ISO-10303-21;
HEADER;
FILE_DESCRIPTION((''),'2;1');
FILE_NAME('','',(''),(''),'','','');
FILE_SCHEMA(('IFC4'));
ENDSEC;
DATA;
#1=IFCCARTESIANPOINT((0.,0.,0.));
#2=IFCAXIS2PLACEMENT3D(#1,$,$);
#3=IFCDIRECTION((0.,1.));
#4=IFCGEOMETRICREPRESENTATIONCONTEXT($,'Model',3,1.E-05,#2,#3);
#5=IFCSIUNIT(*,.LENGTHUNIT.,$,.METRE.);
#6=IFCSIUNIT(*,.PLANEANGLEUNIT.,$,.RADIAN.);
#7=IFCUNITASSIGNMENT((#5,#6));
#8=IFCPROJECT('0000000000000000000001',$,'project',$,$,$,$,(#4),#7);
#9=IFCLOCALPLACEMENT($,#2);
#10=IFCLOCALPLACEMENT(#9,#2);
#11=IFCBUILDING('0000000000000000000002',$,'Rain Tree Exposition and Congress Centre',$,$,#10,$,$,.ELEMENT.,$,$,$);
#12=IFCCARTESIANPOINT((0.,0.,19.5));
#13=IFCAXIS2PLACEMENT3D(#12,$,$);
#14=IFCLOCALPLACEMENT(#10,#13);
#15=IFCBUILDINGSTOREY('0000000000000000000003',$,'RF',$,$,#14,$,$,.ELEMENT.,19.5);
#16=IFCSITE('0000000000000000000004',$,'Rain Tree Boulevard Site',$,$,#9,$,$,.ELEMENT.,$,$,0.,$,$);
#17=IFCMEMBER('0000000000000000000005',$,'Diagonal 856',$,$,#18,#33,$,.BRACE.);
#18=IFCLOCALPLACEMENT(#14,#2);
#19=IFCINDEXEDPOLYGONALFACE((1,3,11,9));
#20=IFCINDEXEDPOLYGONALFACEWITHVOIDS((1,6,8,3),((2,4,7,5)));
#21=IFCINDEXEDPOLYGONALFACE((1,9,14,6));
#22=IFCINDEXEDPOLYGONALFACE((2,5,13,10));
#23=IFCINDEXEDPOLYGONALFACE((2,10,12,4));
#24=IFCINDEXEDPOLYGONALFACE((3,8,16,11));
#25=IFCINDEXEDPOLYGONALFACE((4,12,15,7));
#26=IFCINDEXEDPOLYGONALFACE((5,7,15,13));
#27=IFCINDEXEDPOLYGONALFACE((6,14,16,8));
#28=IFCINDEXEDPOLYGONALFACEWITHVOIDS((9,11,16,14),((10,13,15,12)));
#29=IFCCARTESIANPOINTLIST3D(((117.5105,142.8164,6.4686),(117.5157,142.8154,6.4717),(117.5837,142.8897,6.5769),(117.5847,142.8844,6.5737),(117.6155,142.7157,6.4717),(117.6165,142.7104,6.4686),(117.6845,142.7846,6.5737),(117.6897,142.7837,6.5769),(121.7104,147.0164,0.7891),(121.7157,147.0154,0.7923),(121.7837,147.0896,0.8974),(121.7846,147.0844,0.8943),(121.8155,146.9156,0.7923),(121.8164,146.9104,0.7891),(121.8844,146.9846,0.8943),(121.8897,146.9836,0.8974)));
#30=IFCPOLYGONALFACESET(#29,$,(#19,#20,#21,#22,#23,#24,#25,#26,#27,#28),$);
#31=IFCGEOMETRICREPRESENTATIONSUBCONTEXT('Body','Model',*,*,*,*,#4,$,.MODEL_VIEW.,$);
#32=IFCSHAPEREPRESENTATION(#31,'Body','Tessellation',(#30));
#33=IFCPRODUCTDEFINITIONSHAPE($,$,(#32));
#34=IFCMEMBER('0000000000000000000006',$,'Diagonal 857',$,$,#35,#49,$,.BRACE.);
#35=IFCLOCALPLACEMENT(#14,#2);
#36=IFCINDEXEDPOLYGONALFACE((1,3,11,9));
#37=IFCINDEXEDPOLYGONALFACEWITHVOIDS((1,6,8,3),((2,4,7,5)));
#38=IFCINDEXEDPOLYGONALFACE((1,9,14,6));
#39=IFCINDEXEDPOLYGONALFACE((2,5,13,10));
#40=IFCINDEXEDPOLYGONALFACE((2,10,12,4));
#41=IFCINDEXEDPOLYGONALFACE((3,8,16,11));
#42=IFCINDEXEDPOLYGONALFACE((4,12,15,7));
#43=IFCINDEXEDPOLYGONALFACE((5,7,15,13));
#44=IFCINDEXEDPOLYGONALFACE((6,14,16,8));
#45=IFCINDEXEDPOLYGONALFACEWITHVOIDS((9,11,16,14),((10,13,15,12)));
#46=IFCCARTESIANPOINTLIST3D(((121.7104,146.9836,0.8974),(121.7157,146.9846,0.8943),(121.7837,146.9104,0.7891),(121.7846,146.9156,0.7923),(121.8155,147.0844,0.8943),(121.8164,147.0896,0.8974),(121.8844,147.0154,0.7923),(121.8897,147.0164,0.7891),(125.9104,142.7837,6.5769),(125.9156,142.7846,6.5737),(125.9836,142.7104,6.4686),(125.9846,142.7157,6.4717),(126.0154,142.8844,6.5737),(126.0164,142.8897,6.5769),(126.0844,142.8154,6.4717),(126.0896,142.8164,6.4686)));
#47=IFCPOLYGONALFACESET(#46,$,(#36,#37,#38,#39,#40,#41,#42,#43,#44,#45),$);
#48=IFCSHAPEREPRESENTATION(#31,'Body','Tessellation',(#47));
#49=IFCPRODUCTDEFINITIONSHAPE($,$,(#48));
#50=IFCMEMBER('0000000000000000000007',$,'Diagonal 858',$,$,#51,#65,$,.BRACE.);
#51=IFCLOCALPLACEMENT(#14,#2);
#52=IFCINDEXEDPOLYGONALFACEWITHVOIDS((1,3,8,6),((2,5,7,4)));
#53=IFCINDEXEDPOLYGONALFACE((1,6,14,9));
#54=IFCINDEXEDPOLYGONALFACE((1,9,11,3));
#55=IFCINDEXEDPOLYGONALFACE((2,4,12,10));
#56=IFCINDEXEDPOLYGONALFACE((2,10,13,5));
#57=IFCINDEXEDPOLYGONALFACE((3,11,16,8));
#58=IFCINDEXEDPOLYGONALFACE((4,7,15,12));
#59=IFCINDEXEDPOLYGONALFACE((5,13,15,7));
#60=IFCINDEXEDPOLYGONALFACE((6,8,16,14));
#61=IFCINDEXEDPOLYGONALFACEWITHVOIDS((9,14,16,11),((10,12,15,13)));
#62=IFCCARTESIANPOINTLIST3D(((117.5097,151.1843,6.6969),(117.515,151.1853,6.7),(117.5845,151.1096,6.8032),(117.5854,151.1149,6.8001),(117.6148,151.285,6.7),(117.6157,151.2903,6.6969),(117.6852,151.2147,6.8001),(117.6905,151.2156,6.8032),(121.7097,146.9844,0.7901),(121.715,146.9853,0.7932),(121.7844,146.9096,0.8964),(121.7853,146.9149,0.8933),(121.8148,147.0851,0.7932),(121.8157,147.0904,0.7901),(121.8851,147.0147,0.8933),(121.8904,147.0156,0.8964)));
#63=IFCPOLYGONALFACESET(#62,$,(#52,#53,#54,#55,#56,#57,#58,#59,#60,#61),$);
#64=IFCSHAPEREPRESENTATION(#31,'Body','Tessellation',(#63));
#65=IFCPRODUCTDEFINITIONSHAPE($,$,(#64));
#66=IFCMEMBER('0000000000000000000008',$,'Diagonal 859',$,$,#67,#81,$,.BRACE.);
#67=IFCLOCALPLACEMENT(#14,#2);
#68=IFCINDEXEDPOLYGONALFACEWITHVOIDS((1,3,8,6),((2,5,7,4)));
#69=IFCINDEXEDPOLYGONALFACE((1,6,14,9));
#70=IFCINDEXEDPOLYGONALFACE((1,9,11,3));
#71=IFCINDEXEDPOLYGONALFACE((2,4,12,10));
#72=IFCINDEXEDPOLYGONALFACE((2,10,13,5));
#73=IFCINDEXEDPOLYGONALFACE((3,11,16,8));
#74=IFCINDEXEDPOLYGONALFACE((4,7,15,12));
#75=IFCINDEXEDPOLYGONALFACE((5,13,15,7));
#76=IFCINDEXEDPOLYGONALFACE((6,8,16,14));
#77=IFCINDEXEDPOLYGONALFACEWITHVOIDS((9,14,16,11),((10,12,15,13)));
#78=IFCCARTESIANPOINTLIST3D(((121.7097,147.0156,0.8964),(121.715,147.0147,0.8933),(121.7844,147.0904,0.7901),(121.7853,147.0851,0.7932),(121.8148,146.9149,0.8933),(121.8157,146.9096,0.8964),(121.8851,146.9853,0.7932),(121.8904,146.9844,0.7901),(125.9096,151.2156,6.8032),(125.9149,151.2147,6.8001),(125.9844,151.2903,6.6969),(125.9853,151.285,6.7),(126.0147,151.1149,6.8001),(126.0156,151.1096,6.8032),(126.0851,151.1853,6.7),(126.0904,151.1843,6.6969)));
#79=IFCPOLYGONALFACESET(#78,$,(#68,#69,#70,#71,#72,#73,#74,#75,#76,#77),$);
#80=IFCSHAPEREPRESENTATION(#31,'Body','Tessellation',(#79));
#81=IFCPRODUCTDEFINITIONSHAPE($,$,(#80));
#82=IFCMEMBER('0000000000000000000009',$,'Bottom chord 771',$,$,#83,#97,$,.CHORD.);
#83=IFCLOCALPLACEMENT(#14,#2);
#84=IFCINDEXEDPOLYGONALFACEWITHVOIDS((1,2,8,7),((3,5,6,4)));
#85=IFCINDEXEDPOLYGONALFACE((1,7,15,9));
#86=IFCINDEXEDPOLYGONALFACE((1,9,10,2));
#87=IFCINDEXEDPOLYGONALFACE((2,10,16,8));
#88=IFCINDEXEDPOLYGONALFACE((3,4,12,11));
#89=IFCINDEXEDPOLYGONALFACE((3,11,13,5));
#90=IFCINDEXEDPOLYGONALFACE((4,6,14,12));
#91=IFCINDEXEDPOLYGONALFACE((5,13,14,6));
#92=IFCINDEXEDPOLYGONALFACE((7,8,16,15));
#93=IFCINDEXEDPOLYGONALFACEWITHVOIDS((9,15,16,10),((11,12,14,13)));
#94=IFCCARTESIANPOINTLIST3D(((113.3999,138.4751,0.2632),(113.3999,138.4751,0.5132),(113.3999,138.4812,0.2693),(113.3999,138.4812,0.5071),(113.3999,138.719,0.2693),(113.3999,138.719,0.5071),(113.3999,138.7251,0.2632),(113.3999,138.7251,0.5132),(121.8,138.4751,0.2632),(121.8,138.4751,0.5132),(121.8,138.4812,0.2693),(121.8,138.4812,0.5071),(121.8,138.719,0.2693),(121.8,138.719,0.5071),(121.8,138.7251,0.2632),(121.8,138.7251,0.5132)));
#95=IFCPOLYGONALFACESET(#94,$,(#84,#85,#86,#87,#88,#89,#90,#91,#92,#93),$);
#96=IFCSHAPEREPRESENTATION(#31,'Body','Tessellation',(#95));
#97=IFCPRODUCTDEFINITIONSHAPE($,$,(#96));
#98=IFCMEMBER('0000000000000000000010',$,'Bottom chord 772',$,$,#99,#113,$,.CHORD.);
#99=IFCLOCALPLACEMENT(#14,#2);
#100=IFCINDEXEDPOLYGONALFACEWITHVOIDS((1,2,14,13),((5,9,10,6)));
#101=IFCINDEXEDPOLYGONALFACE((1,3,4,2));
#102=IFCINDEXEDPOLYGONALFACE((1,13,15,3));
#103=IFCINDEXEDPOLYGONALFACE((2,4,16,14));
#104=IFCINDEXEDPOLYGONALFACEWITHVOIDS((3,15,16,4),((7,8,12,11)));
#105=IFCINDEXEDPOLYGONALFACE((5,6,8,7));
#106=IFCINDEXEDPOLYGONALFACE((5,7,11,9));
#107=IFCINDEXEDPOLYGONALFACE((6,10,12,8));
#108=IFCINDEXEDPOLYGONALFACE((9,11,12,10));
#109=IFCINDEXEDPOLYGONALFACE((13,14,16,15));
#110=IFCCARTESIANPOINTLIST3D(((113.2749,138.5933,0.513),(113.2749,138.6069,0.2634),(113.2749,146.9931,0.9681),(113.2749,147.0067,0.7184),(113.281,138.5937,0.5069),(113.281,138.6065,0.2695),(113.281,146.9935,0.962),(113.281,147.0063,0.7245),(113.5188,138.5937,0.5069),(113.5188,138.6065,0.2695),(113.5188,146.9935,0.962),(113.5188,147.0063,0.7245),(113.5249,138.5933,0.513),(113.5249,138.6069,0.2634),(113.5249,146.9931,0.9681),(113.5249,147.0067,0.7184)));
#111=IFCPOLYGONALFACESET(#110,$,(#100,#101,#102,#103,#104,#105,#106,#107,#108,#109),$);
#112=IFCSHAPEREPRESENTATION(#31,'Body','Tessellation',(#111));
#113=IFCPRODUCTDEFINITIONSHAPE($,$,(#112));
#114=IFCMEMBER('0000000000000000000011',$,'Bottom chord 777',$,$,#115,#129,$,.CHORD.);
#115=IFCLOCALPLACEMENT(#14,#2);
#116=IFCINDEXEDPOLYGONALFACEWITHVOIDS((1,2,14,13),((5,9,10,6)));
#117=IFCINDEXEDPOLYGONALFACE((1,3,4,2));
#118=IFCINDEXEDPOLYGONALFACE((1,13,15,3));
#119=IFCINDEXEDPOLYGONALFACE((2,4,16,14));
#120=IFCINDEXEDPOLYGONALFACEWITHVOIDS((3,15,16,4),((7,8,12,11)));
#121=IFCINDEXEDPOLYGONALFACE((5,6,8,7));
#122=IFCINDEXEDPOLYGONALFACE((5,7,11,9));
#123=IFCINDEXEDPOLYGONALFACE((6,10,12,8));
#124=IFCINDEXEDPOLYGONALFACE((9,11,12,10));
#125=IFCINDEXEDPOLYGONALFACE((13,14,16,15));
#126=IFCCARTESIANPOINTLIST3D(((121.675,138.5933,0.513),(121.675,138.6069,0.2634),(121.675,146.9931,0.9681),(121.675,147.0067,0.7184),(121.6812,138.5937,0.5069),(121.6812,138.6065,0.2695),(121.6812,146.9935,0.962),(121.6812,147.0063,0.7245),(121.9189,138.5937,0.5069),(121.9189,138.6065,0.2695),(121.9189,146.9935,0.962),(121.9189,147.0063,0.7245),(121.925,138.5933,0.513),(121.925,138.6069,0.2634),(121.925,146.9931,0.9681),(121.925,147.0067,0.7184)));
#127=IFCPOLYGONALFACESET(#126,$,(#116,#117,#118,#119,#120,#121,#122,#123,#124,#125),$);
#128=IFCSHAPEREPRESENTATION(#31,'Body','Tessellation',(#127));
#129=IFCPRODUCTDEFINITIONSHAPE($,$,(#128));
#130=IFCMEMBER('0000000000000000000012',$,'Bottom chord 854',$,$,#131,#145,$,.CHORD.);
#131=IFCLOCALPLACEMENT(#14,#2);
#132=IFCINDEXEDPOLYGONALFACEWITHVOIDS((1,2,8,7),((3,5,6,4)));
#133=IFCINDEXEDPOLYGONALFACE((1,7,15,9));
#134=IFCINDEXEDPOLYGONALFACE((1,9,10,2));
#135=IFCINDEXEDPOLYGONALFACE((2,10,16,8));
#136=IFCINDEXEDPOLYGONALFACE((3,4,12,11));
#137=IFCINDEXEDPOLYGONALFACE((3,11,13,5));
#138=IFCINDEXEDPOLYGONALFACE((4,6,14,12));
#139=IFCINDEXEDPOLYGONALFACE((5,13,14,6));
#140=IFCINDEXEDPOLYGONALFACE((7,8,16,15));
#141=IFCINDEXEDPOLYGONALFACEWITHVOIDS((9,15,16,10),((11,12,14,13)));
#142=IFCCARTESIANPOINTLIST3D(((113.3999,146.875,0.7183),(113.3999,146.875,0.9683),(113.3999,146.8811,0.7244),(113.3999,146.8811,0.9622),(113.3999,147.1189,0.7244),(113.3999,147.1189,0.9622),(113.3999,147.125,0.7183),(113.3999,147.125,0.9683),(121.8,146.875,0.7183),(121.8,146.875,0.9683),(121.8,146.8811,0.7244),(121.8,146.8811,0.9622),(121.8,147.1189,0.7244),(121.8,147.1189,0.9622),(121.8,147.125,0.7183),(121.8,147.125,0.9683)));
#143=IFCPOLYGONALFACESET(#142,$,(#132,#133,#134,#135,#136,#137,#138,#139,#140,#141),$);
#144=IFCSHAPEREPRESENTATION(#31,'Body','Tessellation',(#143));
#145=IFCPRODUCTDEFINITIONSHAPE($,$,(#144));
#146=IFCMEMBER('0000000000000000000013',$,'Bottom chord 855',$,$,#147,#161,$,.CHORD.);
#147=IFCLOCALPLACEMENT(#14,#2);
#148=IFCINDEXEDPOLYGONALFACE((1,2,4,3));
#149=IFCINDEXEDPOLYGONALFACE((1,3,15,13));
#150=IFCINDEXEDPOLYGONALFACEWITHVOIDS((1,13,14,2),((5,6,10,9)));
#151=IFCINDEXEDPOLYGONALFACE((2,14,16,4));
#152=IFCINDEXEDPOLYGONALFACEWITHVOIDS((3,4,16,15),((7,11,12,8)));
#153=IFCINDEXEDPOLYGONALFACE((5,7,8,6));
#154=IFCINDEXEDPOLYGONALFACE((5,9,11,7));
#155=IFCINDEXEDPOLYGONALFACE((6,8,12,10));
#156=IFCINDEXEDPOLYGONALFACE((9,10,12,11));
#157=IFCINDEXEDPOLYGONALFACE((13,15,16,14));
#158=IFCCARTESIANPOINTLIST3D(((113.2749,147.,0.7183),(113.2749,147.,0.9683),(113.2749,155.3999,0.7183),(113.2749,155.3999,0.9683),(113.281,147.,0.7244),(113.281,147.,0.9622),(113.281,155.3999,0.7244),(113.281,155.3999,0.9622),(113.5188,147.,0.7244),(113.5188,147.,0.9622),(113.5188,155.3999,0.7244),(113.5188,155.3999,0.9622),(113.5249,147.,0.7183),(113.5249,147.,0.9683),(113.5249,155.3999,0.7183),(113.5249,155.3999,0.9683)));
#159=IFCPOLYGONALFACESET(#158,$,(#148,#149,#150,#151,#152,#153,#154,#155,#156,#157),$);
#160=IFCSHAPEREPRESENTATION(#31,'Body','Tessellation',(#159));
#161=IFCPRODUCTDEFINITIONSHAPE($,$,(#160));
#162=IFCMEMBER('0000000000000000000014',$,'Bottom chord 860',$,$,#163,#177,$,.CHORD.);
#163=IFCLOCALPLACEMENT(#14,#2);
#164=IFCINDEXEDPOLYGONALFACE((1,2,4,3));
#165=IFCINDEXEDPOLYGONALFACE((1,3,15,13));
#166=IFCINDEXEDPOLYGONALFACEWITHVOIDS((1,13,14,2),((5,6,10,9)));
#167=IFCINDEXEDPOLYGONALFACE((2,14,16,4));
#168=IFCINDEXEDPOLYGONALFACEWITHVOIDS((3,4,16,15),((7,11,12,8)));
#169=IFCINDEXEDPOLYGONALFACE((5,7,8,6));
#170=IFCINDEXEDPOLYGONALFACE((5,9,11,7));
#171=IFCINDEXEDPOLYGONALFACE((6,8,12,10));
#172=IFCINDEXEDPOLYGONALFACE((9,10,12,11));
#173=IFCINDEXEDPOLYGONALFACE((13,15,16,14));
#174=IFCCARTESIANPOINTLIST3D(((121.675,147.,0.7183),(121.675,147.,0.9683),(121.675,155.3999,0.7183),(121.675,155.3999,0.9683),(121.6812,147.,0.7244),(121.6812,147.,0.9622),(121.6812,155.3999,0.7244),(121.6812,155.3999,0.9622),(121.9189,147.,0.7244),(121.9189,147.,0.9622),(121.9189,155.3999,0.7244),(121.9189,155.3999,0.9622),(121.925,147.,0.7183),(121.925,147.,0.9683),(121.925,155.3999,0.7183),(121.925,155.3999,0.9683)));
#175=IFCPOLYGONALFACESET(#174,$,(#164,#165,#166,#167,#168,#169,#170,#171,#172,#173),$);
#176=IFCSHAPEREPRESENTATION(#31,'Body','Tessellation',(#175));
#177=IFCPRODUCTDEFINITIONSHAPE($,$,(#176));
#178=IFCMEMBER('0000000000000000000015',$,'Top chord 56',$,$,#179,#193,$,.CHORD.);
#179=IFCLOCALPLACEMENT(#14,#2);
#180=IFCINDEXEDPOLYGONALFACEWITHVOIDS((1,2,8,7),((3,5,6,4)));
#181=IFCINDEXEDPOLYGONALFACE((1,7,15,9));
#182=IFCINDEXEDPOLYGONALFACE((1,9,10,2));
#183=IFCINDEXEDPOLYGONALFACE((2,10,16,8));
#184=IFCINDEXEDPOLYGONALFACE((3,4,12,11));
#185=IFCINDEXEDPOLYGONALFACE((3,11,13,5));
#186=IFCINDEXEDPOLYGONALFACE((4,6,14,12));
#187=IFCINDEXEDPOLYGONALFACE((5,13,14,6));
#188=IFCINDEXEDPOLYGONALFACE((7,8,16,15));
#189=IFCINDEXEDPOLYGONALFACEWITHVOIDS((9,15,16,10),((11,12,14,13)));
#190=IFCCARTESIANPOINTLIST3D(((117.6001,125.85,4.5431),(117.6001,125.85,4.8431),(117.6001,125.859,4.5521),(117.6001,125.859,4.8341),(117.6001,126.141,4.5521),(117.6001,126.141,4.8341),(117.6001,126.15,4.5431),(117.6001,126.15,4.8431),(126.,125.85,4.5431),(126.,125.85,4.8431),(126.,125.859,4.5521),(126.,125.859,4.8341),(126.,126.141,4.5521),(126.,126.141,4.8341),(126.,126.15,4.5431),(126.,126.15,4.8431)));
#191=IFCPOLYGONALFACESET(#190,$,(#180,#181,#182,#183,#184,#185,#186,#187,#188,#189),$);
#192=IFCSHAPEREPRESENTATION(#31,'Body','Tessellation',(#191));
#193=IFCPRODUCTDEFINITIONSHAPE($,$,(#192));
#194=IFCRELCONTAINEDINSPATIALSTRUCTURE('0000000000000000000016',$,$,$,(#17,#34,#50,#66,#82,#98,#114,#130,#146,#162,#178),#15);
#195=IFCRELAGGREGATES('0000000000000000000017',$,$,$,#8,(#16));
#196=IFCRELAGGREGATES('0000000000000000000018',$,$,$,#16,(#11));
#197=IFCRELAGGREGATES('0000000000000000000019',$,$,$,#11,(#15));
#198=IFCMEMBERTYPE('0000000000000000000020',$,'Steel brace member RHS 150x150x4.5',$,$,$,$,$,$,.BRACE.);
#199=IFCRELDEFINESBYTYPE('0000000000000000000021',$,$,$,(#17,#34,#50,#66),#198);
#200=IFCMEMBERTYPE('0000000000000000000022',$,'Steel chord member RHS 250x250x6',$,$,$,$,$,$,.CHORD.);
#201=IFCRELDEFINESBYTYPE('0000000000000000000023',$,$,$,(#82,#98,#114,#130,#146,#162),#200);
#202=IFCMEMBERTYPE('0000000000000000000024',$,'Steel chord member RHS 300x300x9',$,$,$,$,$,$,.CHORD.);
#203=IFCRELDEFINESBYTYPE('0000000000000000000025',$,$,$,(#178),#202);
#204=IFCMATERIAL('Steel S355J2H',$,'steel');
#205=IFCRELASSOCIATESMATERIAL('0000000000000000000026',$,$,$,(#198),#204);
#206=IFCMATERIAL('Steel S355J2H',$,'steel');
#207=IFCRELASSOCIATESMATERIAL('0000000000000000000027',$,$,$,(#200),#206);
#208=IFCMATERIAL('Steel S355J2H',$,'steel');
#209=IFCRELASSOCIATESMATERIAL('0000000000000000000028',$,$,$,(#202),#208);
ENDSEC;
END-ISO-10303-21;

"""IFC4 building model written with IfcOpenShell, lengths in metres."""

from ifc_helpers import new_model, si_unit, direction, frame, origin, origin_2d, place, context, subcontext, project, spatial, hollow_rectangle, extrude, material, material_profile, profile_set, type_object, element, save


model = new_model("IFC4")

# Units and contexts
model_context = context("Model", 3, precision=1e-05, world=origin(), true_north=direction((0.0, 1.0)))
body_context = subcontext(model_context, "Body", "Model", "MODEL_VIEW")
ifc_project = project(units=[si_unit("LENGTHUNIT", "METRE"), si_unit("PLANEANGLEUNIT", "RADIAN")], contexts=[model_context])

# Site, building, storey
site_placement = place(None, origin())
site = spatial("IfcSite", under=ifc_project, at=site_placement, Name="Rain Tree Boulevard Site", CompositionType="ELEMENT", RefElevation=0.0)
building_placement = place(site_placement, origin())
building = spatial("IfcBuilding", under=site, at=building_placement, Name="Rain Tree Exposition and Congress Centre", CompositionType="ELEMENT")
storey_placement = place(building_placement, frame((0.0, 0.0, 19.5)))
storey = spatial("IfcBuildingStorey", under=building, at=storey_placement, Name="RF", CompositionType="ELEMENT", Elevation=19.5)

# Members
ifc_material_1 = material(Name="Steel S355J2H", Category="steel")
ifc_material_profile_1 = material_profile(ifc_material_1, hollow_rectangle(XDim=0.1499, YDim=0.1499, WallThickness=0.0044, at=origin_2d()), Name="RHS 150x150x4.5")
ifc_profile_set_1 = profile_set([ifc_material_profile_1], Name="Steel S355J2H")
member_type_1 = type_object("IfcMemberType", Name="Steel brace member RHS 150x150x4.5", PredefinedType="BRACE", material=ifc_profile_set_1)
for number, where, z_axis, x_axis, name in (
    (1, (121.8, 147.0, 0.8433), (-0.511068, -0.511068, 0.691099), (0.707107, -0.707107, 0.0), "Diagonal 856"),
    (2, (121.8, 147.0, 0.8433), (0.511068, -0.511068, 0.691099), (0.707107, 0.707107, 0.0), "Diagonal 857"),
):
    element("IfcMember", number, at=place(storey_placement, frame(where, z_axis=z_axis, x_axis=x_axis)), inside=storey, type_object=member_type_1, Name=name, PredefinedType="BRACE", context=body_context, shape_type="SweptSolid", body=[
        extrude(hollow_rectangle(XDim=0.1499, YDim=0.1499, WallThickness=0.0044, at=origin_2d()), origin(), (0.0, 0.0, 1.0), 8.218),
    ])
for number, where, z_axis, x_axis, name in (
    (3, (121.8, 147.0, 0.8433), (-0.501386, 0.501386, 0.705141), (-0.707107, -0.707107, 0.0), "Diagonal 858"),
    (4, (121.8, 147.0, 0.8433), (0.501386, 0.501386, 0.705141), (-0.707107, 0.707107, 0.0), "Diagonal 859"),
):
    element("IfcMember", number, at=place(storey_placement, frame(where, z_axis=z_axis, x_axis=x_axis)), inside=storey, type_object=member_type_1, Name=name, PredefinedType="BRACE", context=body_context, shape_type="SweptSolid", body=[
        extrude(hollow_rectangle(XDim=0.1499, YDim=0.1499, WallThickness=0.0044, at=origin_2d()), origin(), (0.0, 0.0, 1.0), 8.3767),
    ])
ifc_material_2 = material(Name="Steel S355J2H", Category="steel")
ifc_material_profile_2 = material_profile(ifc_material_2, hollow_rectangle(XDim=0.25, YDim=0.25, WallThickness=0.0061, at=origin_2d()), Name="RHS 250x250x6")
ifc_profile_set_2 = profile_set([ifc_material_profile_2], Name="Steel S355J2H")
member_type_2 = type_object("IfcMemberType", Name="Steel chord member RHS 250x250x6", PredefinedType="CHORD", material=ifc_profile_set_2)
member_1_placement = place(storey_placement, frame((113.3999, 138.6001, 0.3882), z_axis=(1.0, 0.0, 0.0), x_axis=(0.0, 1.0, 0.0)))
element("IfcMember", 5, at=member_1_placement, inside=storey, type_object=member_type_2, Name="Bottom chord 771", PredefinedType="CHORD", context=body_context, shape_type="SweptSolid", body=[
    extrude(hollow_rectangle(XDim=0.25, YDim=0.25, WallThickness=0.0061, at=origin_2d()), origin(), (0.0, 0.0, 1.0), 8.4001),
])
for number, where, z_axis, x_axis, name in (
    (6, (113.3999, 138.6001, 0.3882), (0.0, 0.998536, 0.054097), (-1.0, 0.0, 0.0), "Bottom chord 772"),
    (7, (121.8, 138.6001, 0.3882), (0.0, 0.998536, 0.054097), (-1.0, 0.0, 0.0), "Bottom chord 777"),
):
    element("IfcMember", number, at=place(storey_placement, frame(where, z_axis=z_axis, x_axis=x_axis)), inside=storey, type_object=member_type_2, Name=name, PredefinedType="CHORD", context=body_context, shape_type="SweptSolid", body=[
        extrude(hollow_rectangle(XDim=0.25, YDim=0.25, WallThickness=0.0061, at=origin_2d()), origin(), (0.0, 0.0, 1.0), 8.4121),
    ])
member_2_placement = place(storey_placement, frame((113.3999, 147.0, 0.8433), z_axis=(1.0, 0.0, 0.0), x_axis=(0.0, 1.0, 0.0)))
element("IfcMember", 8, at=member_2_placement, inside=storey, type_object=member_type_2, Name="Bottom chord 854", PredefinedType="CHORD", context=body_context, shape_type="SweptSolid", body=[
    extrude(hollow_rectangle(XDim=0.25, YDim=0.25, WallThickness=0.0061, at=origin_2d()), origin(), (0.0, 0.0, 1.0), 8.4001),
])
for number, where, z_axis, x_axis, name in (
    (9, (113.3999, 147.0, 0.8433), (0.0, 1.0, 0.0), (-1.0, 0.0, 0.0), "Bottom chord 855"),
    (10, (121.8, 147.0, 0.8433), (0.0, 1.0, 0.0), (-1.0, 0.0, 0.0), "Bottom chord 860"),
):
    element("IfcMember", number, at=place(storey_placement, frame(where, z_axis=z_axis, x_axis=x_axis)), inside=storey, type_object=member_type_2, Name=name, PredefinedType="CHORD", context=body_context, shape_type="SweptSolid", body=[
        extrude(hollow_rectangle(XDim=0.25, YDim=0.25, WallThickness=0.0061, at=origin_2d()), origin(), (0.0, 0.0, 1.0), 8.3999),
    ])
ifc_material_3 = material(Name="Steel S355J2H", Category="steel")
ifc_material_profile_3 = material_profile(ifc_material_3, hollow_rectangle(XDim=0.3, YDim=0.3, WallThickness=0.009, at=origin_2d()), Name="RHS 300x300x9")
ifc_profile_set_3 = profile_set([ifc_material_profile_3], Name="Steel S355J2H")
member_type_3 = type_object("IfcMemberType", Name="Steel chord member RHS 300x300x9", PredefinedType="CHORD", material=ifc_profile_set_3)
member_3_placement = place(storey_placement, frame((117.6001, 126.0, 4.6931), z_axis=(1.0, 0.0, 0.0), x_axis=(0.0, 1.0, 0.0)))
element("IfcMember", 11, at=member_3_placement, inside=storey, type_object=member_type_3, Name="Top chord 56", PredefinedType="CHORD", context=body_context, shape_type="SweptSolid", body=[
    extrude(hollow_rectangle(XDim=0.3, YDim=0.3, WallThickness=0.009, at=origin_2d()), origin(), (0.0, 0.0, 1.0), 8.3999),
])

save(model, "model.ifc")
